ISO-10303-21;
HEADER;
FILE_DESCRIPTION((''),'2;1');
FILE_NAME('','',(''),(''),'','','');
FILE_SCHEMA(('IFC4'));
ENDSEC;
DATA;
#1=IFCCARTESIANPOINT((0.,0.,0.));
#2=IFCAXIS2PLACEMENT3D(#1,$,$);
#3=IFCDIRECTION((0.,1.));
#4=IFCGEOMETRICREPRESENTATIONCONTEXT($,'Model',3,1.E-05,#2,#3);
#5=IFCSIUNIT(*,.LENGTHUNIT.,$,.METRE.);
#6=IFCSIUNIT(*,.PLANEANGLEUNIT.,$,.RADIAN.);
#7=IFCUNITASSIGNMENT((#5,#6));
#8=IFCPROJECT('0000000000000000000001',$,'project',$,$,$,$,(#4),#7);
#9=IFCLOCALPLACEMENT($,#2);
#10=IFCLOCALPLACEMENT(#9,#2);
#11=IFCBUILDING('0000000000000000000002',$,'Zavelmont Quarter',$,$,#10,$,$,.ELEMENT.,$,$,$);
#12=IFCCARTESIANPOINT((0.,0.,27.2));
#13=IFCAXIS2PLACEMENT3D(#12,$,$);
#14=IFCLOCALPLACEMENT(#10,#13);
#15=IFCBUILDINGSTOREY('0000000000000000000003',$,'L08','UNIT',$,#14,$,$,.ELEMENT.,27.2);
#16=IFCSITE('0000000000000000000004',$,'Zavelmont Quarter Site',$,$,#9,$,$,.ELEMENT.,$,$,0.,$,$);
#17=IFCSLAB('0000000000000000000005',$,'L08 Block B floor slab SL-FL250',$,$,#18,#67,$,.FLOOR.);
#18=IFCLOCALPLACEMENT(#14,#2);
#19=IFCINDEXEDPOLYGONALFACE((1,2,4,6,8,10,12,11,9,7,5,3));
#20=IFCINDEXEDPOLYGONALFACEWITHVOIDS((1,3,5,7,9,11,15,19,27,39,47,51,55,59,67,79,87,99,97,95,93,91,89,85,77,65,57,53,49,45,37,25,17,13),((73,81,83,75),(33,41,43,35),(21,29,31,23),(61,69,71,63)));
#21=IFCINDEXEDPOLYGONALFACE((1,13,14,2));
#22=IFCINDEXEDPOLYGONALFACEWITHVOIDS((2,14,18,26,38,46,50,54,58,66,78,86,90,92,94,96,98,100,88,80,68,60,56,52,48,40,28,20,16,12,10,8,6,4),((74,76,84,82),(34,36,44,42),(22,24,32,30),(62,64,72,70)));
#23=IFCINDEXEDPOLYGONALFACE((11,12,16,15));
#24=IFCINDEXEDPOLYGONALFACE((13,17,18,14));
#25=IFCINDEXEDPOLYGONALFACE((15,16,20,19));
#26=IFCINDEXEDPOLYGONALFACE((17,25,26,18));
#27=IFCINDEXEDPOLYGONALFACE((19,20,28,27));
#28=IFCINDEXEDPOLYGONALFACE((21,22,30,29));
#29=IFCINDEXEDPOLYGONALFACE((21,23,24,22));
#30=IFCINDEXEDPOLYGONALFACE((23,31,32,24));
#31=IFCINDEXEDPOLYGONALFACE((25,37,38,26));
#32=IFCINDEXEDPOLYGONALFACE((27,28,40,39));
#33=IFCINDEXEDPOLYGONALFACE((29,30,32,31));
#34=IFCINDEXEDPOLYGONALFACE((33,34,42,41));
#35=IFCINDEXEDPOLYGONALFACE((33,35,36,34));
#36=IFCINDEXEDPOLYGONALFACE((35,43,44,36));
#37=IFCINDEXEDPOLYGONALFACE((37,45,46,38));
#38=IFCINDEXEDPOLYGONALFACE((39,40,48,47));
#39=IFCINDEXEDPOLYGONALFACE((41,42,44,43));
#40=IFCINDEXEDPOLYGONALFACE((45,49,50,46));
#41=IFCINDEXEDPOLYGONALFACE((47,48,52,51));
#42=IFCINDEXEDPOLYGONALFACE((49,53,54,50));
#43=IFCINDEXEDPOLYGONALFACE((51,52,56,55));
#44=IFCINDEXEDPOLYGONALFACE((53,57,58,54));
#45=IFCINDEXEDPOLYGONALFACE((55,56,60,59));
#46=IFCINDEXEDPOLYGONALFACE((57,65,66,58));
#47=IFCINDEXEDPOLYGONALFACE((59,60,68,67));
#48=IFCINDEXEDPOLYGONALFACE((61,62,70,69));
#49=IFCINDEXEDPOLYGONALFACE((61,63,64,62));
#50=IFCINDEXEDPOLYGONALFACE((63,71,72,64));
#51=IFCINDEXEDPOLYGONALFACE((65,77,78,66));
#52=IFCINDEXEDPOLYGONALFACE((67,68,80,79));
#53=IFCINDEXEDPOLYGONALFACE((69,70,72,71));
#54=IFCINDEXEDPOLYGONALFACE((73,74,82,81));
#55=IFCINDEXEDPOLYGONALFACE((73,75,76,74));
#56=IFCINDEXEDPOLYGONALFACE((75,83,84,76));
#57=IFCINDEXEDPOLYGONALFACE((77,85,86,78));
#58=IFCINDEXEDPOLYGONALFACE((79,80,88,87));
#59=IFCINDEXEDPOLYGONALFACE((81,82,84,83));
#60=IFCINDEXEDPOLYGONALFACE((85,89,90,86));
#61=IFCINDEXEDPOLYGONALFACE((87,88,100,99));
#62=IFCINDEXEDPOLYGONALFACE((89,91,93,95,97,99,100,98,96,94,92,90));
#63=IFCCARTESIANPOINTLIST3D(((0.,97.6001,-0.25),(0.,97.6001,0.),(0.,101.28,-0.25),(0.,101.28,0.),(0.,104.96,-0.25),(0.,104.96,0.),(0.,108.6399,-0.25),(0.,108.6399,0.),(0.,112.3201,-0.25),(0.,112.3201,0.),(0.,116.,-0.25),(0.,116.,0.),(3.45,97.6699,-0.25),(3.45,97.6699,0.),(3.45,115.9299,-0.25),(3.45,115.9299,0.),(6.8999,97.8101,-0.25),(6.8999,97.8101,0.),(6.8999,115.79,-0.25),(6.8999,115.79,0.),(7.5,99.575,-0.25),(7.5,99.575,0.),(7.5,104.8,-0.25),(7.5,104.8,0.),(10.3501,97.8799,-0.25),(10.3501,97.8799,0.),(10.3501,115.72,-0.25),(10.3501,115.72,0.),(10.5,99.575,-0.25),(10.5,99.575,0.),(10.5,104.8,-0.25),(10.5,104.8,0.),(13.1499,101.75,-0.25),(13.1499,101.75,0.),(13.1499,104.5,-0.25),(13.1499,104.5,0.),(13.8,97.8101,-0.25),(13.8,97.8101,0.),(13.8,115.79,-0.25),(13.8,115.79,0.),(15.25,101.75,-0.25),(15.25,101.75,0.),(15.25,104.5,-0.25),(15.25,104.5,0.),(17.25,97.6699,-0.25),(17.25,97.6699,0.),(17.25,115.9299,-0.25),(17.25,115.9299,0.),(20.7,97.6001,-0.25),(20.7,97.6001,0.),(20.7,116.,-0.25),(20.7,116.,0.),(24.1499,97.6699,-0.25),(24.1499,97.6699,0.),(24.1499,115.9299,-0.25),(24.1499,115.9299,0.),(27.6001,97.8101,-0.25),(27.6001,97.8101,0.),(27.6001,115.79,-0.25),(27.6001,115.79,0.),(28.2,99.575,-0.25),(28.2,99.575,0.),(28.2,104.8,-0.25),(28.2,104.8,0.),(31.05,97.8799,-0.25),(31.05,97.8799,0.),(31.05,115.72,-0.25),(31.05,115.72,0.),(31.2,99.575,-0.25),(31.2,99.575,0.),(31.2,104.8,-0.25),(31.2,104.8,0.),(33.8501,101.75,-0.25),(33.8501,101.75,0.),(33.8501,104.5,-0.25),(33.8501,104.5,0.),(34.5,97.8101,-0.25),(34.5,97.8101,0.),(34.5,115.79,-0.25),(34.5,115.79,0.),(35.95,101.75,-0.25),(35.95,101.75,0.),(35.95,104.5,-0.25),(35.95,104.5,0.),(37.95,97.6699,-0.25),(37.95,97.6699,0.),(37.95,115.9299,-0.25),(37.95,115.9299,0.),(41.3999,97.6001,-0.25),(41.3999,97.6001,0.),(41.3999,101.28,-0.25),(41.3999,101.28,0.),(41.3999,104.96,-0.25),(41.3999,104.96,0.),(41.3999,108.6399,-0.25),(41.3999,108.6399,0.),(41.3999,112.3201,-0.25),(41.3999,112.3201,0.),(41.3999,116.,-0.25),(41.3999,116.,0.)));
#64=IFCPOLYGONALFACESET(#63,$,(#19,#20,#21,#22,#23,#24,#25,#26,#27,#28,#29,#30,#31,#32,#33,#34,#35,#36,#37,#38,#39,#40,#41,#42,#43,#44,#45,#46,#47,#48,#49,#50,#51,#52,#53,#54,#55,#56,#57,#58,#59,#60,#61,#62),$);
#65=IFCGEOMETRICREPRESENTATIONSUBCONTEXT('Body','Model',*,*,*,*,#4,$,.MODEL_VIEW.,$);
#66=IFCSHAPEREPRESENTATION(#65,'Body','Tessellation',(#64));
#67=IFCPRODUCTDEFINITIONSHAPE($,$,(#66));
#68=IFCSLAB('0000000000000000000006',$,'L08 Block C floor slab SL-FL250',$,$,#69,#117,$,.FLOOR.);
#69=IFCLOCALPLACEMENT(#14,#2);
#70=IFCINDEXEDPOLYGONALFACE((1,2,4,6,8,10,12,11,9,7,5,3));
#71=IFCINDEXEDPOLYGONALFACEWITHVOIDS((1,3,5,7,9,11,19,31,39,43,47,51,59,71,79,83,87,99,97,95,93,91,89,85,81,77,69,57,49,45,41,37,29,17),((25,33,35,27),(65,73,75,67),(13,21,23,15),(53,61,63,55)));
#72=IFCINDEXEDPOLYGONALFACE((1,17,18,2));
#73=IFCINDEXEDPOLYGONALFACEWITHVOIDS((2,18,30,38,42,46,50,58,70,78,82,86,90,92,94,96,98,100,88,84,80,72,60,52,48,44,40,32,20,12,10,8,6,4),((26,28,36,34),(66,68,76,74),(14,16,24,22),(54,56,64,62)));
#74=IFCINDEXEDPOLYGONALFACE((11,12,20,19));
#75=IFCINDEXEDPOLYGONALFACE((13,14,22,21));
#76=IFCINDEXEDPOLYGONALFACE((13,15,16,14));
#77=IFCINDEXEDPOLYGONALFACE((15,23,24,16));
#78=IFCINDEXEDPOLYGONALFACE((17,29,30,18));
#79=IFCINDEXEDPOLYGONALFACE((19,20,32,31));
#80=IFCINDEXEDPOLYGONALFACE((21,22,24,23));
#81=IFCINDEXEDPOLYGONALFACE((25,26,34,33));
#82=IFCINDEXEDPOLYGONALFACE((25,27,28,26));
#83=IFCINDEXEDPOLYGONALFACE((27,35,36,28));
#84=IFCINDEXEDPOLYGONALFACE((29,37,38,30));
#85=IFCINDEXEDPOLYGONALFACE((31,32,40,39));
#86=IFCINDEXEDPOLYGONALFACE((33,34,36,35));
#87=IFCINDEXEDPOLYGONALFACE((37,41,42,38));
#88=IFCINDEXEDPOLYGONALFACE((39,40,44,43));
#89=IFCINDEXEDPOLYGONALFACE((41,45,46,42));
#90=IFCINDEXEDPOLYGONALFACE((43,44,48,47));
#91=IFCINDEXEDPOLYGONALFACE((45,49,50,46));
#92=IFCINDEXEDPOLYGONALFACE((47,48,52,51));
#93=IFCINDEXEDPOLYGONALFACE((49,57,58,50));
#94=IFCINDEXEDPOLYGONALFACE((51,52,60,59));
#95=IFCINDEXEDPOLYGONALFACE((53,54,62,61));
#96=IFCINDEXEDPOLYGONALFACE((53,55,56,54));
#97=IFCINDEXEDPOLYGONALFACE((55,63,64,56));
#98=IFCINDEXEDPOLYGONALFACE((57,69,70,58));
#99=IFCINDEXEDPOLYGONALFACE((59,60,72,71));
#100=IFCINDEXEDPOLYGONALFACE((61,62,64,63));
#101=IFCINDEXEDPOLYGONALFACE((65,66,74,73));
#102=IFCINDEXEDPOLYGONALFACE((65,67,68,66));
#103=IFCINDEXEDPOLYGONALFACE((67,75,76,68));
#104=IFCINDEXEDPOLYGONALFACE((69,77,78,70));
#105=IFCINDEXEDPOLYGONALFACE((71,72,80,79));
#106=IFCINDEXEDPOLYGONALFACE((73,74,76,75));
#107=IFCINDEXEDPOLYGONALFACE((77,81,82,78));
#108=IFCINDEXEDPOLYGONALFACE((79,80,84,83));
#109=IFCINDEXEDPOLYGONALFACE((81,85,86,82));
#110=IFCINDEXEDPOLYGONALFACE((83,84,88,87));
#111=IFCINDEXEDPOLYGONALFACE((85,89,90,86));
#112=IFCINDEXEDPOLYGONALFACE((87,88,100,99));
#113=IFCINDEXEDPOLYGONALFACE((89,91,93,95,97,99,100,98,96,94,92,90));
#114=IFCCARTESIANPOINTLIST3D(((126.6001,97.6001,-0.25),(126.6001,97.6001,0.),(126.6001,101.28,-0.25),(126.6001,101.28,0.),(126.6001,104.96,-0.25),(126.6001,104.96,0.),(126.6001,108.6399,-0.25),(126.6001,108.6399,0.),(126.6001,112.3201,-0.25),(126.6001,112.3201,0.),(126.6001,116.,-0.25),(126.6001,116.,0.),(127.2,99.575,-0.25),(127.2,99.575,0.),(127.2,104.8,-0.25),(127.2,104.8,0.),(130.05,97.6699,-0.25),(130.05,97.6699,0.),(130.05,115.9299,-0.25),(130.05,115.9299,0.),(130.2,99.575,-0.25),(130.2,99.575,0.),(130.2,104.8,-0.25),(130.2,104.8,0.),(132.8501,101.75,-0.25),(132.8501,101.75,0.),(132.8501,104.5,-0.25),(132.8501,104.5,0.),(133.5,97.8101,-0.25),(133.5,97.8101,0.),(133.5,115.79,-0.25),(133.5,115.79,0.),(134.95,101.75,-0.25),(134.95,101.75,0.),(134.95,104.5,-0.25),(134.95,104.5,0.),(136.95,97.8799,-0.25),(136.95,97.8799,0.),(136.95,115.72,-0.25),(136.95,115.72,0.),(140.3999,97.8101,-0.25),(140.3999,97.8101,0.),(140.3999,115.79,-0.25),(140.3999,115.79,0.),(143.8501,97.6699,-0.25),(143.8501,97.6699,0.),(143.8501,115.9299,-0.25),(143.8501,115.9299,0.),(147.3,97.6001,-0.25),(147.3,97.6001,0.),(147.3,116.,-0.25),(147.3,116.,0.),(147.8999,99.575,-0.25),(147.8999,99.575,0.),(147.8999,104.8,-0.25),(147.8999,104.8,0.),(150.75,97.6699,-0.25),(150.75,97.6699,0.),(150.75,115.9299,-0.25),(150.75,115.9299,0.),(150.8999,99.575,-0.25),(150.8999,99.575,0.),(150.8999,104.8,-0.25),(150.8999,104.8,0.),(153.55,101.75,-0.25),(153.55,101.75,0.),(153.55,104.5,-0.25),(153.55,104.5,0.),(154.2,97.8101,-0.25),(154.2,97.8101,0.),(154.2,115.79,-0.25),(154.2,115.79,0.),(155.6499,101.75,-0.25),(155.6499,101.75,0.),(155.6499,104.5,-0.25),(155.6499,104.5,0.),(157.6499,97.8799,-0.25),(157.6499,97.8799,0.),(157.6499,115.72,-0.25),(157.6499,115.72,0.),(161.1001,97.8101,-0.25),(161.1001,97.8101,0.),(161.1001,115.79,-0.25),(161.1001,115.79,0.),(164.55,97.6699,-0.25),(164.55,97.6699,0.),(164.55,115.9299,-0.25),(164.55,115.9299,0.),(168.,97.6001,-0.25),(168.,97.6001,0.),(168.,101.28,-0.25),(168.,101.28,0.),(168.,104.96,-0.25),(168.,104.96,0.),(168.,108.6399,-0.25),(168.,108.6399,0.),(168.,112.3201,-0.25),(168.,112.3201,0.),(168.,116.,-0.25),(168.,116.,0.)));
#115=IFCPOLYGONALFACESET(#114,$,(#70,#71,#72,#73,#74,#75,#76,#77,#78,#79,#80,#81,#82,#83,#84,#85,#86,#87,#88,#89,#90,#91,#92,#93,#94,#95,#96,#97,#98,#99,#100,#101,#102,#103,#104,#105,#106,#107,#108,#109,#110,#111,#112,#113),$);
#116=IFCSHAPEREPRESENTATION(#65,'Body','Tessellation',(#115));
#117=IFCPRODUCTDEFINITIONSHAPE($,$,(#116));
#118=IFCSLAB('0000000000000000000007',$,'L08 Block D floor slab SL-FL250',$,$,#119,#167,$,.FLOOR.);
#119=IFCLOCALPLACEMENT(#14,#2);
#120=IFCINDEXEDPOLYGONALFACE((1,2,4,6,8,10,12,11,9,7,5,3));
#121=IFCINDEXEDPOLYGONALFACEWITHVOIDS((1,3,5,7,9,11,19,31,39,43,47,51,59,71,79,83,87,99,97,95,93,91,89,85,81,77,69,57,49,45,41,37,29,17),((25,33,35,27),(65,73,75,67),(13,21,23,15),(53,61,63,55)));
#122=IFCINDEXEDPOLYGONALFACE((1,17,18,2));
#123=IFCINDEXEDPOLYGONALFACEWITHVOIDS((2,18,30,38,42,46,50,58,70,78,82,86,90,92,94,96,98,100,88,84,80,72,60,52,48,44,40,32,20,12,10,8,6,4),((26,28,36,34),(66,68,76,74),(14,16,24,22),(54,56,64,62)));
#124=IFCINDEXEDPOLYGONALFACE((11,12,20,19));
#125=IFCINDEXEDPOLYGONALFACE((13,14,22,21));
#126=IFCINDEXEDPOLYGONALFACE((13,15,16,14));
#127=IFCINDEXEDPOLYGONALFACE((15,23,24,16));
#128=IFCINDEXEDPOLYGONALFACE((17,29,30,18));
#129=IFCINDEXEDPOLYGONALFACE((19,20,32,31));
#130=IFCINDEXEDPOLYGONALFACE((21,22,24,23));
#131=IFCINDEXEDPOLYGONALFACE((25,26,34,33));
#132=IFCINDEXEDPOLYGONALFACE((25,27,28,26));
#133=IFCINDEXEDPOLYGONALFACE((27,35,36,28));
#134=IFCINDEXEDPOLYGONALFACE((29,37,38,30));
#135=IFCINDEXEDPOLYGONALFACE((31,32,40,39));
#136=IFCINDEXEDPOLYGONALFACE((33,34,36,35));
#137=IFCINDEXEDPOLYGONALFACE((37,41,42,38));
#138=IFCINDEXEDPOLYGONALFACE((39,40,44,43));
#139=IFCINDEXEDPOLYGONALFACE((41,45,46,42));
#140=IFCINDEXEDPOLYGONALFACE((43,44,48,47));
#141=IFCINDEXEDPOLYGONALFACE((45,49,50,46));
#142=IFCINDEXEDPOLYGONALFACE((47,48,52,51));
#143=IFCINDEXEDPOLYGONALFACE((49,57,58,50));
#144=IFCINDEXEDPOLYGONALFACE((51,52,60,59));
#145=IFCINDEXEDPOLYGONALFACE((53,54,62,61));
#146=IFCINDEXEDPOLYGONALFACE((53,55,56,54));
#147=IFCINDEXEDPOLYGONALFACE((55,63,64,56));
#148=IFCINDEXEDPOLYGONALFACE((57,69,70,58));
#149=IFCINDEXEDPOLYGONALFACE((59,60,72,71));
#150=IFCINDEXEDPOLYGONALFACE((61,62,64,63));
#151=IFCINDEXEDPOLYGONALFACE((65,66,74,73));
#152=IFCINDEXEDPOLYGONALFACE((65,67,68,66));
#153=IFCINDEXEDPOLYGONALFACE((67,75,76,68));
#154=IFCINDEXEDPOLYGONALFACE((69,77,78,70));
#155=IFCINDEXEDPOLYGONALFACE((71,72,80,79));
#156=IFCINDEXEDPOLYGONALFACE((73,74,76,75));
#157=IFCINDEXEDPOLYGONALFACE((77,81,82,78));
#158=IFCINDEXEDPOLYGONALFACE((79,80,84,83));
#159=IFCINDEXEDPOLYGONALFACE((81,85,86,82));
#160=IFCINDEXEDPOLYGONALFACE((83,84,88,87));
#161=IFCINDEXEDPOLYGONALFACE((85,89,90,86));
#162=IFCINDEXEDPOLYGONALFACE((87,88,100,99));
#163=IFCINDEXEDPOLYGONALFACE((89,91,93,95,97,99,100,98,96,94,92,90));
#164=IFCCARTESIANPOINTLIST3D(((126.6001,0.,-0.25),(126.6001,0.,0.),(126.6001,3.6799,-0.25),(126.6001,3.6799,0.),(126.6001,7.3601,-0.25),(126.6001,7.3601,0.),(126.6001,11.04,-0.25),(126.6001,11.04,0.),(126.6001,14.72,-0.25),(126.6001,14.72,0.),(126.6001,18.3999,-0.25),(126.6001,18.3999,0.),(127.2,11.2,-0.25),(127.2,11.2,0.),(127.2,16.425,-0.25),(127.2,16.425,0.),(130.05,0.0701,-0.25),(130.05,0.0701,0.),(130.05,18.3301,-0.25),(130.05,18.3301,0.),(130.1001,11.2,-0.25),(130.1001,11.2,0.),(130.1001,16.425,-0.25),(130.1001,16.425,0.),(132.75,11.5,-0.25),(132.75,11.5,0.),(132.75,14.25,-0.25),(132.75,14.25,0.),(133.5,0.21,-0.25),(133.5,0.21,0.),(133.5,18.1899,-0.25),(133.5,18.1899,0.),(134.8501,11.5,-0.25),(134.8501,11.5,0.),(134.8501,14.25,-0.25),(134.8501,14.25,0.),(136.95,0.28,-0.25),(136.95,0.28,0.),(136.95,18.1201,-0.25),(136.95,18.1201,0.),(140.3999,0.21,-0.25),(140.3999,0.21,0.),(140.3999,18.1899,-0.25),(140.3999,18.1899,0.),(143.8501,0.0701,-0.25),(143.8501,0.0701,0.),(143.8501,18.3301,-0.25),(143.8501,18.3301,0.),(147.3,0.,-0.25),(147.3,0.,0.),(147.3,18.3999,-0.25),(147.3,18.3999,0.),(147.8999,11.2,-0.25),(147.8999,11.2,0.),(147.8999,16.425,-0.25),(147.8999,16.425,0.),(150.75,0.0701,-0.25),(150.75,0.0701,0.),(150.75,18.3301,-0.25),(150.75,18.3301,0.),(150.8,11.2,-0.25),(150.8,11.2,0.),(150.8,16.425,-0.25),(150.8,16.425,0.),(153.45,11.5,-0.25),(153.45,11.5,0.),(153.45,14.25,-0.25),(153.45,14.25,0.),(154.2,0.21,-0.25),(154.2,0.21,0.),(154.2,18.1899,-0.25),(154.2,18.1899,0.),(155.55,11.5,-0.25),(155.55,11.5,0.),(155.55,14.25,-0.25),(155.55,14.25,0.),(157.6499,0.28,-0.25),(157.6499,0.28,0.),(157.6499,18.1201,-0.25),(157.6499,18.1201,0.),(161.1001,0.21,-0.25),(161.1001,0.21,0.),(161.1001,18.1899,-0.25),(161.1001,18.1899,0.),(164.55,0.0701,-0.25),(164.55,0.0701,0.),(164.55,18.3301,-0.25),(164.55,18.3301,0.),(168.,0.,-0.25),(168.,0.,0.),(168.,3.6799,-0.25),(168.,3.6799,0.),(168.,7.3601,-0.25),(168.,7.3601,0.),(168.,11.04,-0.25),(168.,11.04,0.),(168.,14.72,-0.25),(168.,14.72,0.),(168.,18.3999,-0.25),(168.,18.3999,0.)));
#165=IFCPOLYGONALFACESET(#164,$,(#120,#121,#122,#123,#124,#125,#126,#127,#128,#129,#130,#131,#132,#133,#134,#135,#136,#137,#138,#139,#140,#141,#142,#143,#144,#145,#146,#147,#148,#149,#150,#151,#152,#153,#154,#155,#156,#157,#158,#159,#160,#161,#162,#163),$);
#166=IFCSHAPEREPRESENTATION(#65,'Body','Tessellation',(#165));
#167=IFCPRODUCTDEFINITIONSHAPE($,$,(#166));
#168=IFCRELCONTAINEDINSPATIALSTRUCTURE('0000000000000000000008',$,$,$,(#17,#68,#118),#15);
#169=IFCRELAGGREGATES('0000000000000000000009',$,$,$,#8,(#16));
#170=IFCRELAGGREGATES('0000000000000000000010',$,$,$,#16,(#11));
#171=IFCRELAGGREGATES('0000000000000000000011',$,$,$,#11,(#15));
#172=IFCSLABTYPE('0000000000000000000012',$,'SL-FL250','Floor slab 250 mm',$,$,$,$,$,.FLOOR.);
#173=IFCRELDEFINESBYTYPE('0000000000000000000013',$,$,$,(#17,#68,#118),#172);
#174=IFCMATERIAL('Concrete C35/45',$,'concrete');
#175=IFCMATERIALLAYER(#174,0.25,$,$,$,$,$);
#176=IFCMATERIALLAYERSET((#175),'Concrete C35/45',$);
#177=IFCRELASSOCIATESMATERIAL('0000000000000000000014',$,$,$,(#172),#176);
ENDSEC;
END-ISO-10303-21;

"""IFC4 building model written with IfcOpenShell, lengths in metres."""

from ifc_helpers import new_model, si_unit, direction, frame, origin, place, context, subcontext, project, spatial, polyline, outline, extrude, material, layer, layer_set, type_object, element, save


model = new_model("IFC4")

# Units and contexts
model_context = context("Model", 3, precision=1e-05, world=origin(), true_north=direction((0.0, 1.0)))
body_context = subcontext(model_context, "Body", "Model", "MODEL_VIEW")
ifc_project = project(units=[si_unit("LENGTHUNIT", "METRE"), si_unit("PLANEANGLEUNIT", "RADIAN")], contexts=[model_context])

# Site, building, storey
site_placement = place(None, origin())
site = spatial("IfcSite", under=ifc_project, at=site_placement, Name="Zavelmont Quarter Site", CompositionType="ELEMENT", RefElevation=0.0)
building_placement = place(site_placement, origin())
building = spatial("IfcBuilding", under=site, at=building_placement, Name="Zavelmont Quarter", CompositionType="ELEMENT")
storey_placement = place(building_placement, frame((0.0, 0.0, 27.2)))
storey = spatial("IfcBuildingStorey", under=building, at=storey_placement, Name="L08", Description="UNIT", CompositionType="ELEMENT", Elevation=27.2)

# Shared definitions
ifc_material_1 = material(Name="Concrete C35/45", Category="concrete")

# Slabs
ifc_layer_1 = layer(ifc_material_1, 0.25)
ifc_layer_set_1 = layer_set([ifc_layer_1], Name="Concrete C35/45")
slab_type_1 = type_object("IfcSlabType", Name="SL-FL250", Description="Floor slab 250 mm", PredefinedType="FLOOR", material=ifc_layer_set_1)
slab_1_placement = place(storey_placement, frame((0.0, 0.0, -0.25)))
element("IfcSlab", 1, at=slab_1_placement, inside=storey, type_object=slab_type_1, Name="L08 Block B floor slab SL-FL250", PredefinedType="FLOOR", context=body_context, shape_type="SweptSolid", body=[
    extrude(outline(polyline([(0.0, 97.6001), (3.45, 97.6699), (6.8999, 97.8101), (10.3501, 97.8799), (13.8, 97.8101), (17.25, 97.6699), (20.7, 97.6001), (24.1499, 97.6699), (27.6001, 97.8101), (31.05, 97.8799), (34.5, 97.8101), (37.95, 97.6699), (41.3999, 97.6001), (41.3999, 101.28), (41.3999, 104.96), (41.3999, 108.6399), (41.3999, 112.3201), (41.3999, 116.0), (37.95, 115.9299), (34.5, 115.79), (31.05, 115.72), (27.6001, 115.79), (24.1499, 115.9299), (20.7, 116.0), (17.25, 115.9299), (13.8, 115.79), (10.3501, 115.72), (6.8999, 115.79), (3.45, 115.9299), (0.0, 116.0), (0.0, 112.3201), (0.0, 108.6399), (0.0, 104.96), (0.0, 101.28), (0.0, 97.6001)]), holes=[polyline([(10.5, 99.575), (10.5, 104.8), (7.5, 104.8), (7.5, 99.575), (10.5, 99.575)]), polyline([(13.1499, 101.75), (15.25, 101.75), (15.25, 104.5), (13.1499, 104.5), (13.1499, 101.75)]), polyline([(31.2, 99.575), (31.2, 104.8), (28.2, 104.8), (28.2, 99.575), (31.2, 99.575)]), polyline([(33.8501, 101.75), (35.95, 101.75), (35.95, 104.5), (33.8501, 104.5), (33.8501, 101.75)])]), origin(), (0.0, 0.0, 1.0), 0.25),
])
slab_2_placement = place(storey_placement, frame((0.0, 0.0, -0.25)))
element("IfcSlab", 2, at=slab_2_placement, inside=storey, type_object=slab_type_1, Name="L08 Block C floor slab SL-FL250", PredefinedType="FLOOR", context=body_context, shape_type="SweptSolid", body=[
    extrude(outline(polyline([(126.6001, 97.6001), (130.05, 97.6699), (133.5, 97.8101), (136.95, 97.8799), (140.3999, 97.8101), (143.8501, 97.6699), (147.3, 97.6001), (150.75, 97.6699), (154.2, 97.8101), (157.6499, 97.8799), (161.1001, 97.8101), (164.55, 97.6699), (168.0, 97.6001), (168.0, 101.28), (168.0, 104.96), (168.0, 108.6399), (168.0, 112.3201), (168.0, 116.0), (164.55, 115.9299), (161.1001, 115.79), (157.6499, 115.72), (154.2, 115.79), (150.75, 115.9299), (147.3, 116.0), (143.8501, 115.9299), (140.3999, 115.79), (136.95, 115.72), (133.5, 115.79), (130.05, 115.9299), (126.6001, 116.0), (126.6001, 112.3201), (126.6001, 108.6399), (126.6001, 104.96), (126.6001, 101.28), (126.6001, 97.6001)]), holes=[polyline([(130.2, 99.575), (130.2, 104.8), (127.2, 104.8), (127.2, 99.575), (130.2, 99.575)]), polyline([(132.8501, 101.75), (134.95, 101.75), (134.95, 104.5), (132.8501, 104.5), (132.8501, 101.75)]), polyline([(150.8999, 99.575), (150.8999, 104.8), (147.8999, 104.8), (147.8999, 99.575), (150.8999, 99.575)]), polyline([(153.55, 101.75), (155.6499, 101.75), (155.6499, 104.5), (153.55, 104.5), (153.55, 101.75)])]), origin(), (0.0, 0.0, 1.0), 0.25),
])
slab_3_placement = place(storey_placement, frame((0.0, 0.0, -0.25)))
element("IfcSlab", 3, at=slab_3_placement, inside=storey, type_object=slab_type_1, Name="L08 Block D floor slab SL-FL250", PredefinedType="FLOOR", context=body_context, shape_type="SweptSolid", body=[
    extrude(outline(polyline([(126.6001, 0.0), (130.05, 0.0701), (133.5, 0.21), (136.95, 0.28), (140.3999, 0.21), (143.8501, 0.0701), (147.3, 0.0), (150.75, 0.0701), (154.2, 0.21), (157.6499, 0.28), (161.1001, 0.21), (164.55, 0.0701), (168.0, 0.0), (168.0, 3.6799), (168.0, 7.3601), (168.0, 11.04), (168.0, 14.72), (168.0, 18.3999), (164.55, 18.3301), (161.1001, 18.1899), (157.6499, 18.1201), (154.2, 18.1899), (150.75, 18.3301), (147.3, 18.3999), (143.8501, 18.3301), (140.3999, 18.1899), (136.95, 18.1201), (133.5, 18.1899), (130.05, 18.3301), (126.6001, 18.3999), (126.6001, 14.72), (126.6001, 11.04), (126.6001, 7.3601), (126.6001, 3.6799), (126.6001, 0.0)]), holes=[polyline([(127.2, 16.425), (127.2, 11.2), (130.1001, 11.2), (130.1001, 16.425), (127.2, 16.425)]), polyline([(132.75, 11.5), (134.8501, 11.5), (134.8501, 14.25), (132.75, 14.25), (132.75, 11.5)]), polyline([(147.8999, 16.425), (147.8999, 11.2), (150.8, 11.2), (150.8, 16.425), (147.8999, 16.425)]), polyline([(153.45, 11.5), (155.55, 11.5), (155.55, 14.25), (153.45, 14.25), (153.45, 11.5)])]), origin(), (0.0, 0.0, 1.0), 0.25),
])

save(model, "model.ifc")
